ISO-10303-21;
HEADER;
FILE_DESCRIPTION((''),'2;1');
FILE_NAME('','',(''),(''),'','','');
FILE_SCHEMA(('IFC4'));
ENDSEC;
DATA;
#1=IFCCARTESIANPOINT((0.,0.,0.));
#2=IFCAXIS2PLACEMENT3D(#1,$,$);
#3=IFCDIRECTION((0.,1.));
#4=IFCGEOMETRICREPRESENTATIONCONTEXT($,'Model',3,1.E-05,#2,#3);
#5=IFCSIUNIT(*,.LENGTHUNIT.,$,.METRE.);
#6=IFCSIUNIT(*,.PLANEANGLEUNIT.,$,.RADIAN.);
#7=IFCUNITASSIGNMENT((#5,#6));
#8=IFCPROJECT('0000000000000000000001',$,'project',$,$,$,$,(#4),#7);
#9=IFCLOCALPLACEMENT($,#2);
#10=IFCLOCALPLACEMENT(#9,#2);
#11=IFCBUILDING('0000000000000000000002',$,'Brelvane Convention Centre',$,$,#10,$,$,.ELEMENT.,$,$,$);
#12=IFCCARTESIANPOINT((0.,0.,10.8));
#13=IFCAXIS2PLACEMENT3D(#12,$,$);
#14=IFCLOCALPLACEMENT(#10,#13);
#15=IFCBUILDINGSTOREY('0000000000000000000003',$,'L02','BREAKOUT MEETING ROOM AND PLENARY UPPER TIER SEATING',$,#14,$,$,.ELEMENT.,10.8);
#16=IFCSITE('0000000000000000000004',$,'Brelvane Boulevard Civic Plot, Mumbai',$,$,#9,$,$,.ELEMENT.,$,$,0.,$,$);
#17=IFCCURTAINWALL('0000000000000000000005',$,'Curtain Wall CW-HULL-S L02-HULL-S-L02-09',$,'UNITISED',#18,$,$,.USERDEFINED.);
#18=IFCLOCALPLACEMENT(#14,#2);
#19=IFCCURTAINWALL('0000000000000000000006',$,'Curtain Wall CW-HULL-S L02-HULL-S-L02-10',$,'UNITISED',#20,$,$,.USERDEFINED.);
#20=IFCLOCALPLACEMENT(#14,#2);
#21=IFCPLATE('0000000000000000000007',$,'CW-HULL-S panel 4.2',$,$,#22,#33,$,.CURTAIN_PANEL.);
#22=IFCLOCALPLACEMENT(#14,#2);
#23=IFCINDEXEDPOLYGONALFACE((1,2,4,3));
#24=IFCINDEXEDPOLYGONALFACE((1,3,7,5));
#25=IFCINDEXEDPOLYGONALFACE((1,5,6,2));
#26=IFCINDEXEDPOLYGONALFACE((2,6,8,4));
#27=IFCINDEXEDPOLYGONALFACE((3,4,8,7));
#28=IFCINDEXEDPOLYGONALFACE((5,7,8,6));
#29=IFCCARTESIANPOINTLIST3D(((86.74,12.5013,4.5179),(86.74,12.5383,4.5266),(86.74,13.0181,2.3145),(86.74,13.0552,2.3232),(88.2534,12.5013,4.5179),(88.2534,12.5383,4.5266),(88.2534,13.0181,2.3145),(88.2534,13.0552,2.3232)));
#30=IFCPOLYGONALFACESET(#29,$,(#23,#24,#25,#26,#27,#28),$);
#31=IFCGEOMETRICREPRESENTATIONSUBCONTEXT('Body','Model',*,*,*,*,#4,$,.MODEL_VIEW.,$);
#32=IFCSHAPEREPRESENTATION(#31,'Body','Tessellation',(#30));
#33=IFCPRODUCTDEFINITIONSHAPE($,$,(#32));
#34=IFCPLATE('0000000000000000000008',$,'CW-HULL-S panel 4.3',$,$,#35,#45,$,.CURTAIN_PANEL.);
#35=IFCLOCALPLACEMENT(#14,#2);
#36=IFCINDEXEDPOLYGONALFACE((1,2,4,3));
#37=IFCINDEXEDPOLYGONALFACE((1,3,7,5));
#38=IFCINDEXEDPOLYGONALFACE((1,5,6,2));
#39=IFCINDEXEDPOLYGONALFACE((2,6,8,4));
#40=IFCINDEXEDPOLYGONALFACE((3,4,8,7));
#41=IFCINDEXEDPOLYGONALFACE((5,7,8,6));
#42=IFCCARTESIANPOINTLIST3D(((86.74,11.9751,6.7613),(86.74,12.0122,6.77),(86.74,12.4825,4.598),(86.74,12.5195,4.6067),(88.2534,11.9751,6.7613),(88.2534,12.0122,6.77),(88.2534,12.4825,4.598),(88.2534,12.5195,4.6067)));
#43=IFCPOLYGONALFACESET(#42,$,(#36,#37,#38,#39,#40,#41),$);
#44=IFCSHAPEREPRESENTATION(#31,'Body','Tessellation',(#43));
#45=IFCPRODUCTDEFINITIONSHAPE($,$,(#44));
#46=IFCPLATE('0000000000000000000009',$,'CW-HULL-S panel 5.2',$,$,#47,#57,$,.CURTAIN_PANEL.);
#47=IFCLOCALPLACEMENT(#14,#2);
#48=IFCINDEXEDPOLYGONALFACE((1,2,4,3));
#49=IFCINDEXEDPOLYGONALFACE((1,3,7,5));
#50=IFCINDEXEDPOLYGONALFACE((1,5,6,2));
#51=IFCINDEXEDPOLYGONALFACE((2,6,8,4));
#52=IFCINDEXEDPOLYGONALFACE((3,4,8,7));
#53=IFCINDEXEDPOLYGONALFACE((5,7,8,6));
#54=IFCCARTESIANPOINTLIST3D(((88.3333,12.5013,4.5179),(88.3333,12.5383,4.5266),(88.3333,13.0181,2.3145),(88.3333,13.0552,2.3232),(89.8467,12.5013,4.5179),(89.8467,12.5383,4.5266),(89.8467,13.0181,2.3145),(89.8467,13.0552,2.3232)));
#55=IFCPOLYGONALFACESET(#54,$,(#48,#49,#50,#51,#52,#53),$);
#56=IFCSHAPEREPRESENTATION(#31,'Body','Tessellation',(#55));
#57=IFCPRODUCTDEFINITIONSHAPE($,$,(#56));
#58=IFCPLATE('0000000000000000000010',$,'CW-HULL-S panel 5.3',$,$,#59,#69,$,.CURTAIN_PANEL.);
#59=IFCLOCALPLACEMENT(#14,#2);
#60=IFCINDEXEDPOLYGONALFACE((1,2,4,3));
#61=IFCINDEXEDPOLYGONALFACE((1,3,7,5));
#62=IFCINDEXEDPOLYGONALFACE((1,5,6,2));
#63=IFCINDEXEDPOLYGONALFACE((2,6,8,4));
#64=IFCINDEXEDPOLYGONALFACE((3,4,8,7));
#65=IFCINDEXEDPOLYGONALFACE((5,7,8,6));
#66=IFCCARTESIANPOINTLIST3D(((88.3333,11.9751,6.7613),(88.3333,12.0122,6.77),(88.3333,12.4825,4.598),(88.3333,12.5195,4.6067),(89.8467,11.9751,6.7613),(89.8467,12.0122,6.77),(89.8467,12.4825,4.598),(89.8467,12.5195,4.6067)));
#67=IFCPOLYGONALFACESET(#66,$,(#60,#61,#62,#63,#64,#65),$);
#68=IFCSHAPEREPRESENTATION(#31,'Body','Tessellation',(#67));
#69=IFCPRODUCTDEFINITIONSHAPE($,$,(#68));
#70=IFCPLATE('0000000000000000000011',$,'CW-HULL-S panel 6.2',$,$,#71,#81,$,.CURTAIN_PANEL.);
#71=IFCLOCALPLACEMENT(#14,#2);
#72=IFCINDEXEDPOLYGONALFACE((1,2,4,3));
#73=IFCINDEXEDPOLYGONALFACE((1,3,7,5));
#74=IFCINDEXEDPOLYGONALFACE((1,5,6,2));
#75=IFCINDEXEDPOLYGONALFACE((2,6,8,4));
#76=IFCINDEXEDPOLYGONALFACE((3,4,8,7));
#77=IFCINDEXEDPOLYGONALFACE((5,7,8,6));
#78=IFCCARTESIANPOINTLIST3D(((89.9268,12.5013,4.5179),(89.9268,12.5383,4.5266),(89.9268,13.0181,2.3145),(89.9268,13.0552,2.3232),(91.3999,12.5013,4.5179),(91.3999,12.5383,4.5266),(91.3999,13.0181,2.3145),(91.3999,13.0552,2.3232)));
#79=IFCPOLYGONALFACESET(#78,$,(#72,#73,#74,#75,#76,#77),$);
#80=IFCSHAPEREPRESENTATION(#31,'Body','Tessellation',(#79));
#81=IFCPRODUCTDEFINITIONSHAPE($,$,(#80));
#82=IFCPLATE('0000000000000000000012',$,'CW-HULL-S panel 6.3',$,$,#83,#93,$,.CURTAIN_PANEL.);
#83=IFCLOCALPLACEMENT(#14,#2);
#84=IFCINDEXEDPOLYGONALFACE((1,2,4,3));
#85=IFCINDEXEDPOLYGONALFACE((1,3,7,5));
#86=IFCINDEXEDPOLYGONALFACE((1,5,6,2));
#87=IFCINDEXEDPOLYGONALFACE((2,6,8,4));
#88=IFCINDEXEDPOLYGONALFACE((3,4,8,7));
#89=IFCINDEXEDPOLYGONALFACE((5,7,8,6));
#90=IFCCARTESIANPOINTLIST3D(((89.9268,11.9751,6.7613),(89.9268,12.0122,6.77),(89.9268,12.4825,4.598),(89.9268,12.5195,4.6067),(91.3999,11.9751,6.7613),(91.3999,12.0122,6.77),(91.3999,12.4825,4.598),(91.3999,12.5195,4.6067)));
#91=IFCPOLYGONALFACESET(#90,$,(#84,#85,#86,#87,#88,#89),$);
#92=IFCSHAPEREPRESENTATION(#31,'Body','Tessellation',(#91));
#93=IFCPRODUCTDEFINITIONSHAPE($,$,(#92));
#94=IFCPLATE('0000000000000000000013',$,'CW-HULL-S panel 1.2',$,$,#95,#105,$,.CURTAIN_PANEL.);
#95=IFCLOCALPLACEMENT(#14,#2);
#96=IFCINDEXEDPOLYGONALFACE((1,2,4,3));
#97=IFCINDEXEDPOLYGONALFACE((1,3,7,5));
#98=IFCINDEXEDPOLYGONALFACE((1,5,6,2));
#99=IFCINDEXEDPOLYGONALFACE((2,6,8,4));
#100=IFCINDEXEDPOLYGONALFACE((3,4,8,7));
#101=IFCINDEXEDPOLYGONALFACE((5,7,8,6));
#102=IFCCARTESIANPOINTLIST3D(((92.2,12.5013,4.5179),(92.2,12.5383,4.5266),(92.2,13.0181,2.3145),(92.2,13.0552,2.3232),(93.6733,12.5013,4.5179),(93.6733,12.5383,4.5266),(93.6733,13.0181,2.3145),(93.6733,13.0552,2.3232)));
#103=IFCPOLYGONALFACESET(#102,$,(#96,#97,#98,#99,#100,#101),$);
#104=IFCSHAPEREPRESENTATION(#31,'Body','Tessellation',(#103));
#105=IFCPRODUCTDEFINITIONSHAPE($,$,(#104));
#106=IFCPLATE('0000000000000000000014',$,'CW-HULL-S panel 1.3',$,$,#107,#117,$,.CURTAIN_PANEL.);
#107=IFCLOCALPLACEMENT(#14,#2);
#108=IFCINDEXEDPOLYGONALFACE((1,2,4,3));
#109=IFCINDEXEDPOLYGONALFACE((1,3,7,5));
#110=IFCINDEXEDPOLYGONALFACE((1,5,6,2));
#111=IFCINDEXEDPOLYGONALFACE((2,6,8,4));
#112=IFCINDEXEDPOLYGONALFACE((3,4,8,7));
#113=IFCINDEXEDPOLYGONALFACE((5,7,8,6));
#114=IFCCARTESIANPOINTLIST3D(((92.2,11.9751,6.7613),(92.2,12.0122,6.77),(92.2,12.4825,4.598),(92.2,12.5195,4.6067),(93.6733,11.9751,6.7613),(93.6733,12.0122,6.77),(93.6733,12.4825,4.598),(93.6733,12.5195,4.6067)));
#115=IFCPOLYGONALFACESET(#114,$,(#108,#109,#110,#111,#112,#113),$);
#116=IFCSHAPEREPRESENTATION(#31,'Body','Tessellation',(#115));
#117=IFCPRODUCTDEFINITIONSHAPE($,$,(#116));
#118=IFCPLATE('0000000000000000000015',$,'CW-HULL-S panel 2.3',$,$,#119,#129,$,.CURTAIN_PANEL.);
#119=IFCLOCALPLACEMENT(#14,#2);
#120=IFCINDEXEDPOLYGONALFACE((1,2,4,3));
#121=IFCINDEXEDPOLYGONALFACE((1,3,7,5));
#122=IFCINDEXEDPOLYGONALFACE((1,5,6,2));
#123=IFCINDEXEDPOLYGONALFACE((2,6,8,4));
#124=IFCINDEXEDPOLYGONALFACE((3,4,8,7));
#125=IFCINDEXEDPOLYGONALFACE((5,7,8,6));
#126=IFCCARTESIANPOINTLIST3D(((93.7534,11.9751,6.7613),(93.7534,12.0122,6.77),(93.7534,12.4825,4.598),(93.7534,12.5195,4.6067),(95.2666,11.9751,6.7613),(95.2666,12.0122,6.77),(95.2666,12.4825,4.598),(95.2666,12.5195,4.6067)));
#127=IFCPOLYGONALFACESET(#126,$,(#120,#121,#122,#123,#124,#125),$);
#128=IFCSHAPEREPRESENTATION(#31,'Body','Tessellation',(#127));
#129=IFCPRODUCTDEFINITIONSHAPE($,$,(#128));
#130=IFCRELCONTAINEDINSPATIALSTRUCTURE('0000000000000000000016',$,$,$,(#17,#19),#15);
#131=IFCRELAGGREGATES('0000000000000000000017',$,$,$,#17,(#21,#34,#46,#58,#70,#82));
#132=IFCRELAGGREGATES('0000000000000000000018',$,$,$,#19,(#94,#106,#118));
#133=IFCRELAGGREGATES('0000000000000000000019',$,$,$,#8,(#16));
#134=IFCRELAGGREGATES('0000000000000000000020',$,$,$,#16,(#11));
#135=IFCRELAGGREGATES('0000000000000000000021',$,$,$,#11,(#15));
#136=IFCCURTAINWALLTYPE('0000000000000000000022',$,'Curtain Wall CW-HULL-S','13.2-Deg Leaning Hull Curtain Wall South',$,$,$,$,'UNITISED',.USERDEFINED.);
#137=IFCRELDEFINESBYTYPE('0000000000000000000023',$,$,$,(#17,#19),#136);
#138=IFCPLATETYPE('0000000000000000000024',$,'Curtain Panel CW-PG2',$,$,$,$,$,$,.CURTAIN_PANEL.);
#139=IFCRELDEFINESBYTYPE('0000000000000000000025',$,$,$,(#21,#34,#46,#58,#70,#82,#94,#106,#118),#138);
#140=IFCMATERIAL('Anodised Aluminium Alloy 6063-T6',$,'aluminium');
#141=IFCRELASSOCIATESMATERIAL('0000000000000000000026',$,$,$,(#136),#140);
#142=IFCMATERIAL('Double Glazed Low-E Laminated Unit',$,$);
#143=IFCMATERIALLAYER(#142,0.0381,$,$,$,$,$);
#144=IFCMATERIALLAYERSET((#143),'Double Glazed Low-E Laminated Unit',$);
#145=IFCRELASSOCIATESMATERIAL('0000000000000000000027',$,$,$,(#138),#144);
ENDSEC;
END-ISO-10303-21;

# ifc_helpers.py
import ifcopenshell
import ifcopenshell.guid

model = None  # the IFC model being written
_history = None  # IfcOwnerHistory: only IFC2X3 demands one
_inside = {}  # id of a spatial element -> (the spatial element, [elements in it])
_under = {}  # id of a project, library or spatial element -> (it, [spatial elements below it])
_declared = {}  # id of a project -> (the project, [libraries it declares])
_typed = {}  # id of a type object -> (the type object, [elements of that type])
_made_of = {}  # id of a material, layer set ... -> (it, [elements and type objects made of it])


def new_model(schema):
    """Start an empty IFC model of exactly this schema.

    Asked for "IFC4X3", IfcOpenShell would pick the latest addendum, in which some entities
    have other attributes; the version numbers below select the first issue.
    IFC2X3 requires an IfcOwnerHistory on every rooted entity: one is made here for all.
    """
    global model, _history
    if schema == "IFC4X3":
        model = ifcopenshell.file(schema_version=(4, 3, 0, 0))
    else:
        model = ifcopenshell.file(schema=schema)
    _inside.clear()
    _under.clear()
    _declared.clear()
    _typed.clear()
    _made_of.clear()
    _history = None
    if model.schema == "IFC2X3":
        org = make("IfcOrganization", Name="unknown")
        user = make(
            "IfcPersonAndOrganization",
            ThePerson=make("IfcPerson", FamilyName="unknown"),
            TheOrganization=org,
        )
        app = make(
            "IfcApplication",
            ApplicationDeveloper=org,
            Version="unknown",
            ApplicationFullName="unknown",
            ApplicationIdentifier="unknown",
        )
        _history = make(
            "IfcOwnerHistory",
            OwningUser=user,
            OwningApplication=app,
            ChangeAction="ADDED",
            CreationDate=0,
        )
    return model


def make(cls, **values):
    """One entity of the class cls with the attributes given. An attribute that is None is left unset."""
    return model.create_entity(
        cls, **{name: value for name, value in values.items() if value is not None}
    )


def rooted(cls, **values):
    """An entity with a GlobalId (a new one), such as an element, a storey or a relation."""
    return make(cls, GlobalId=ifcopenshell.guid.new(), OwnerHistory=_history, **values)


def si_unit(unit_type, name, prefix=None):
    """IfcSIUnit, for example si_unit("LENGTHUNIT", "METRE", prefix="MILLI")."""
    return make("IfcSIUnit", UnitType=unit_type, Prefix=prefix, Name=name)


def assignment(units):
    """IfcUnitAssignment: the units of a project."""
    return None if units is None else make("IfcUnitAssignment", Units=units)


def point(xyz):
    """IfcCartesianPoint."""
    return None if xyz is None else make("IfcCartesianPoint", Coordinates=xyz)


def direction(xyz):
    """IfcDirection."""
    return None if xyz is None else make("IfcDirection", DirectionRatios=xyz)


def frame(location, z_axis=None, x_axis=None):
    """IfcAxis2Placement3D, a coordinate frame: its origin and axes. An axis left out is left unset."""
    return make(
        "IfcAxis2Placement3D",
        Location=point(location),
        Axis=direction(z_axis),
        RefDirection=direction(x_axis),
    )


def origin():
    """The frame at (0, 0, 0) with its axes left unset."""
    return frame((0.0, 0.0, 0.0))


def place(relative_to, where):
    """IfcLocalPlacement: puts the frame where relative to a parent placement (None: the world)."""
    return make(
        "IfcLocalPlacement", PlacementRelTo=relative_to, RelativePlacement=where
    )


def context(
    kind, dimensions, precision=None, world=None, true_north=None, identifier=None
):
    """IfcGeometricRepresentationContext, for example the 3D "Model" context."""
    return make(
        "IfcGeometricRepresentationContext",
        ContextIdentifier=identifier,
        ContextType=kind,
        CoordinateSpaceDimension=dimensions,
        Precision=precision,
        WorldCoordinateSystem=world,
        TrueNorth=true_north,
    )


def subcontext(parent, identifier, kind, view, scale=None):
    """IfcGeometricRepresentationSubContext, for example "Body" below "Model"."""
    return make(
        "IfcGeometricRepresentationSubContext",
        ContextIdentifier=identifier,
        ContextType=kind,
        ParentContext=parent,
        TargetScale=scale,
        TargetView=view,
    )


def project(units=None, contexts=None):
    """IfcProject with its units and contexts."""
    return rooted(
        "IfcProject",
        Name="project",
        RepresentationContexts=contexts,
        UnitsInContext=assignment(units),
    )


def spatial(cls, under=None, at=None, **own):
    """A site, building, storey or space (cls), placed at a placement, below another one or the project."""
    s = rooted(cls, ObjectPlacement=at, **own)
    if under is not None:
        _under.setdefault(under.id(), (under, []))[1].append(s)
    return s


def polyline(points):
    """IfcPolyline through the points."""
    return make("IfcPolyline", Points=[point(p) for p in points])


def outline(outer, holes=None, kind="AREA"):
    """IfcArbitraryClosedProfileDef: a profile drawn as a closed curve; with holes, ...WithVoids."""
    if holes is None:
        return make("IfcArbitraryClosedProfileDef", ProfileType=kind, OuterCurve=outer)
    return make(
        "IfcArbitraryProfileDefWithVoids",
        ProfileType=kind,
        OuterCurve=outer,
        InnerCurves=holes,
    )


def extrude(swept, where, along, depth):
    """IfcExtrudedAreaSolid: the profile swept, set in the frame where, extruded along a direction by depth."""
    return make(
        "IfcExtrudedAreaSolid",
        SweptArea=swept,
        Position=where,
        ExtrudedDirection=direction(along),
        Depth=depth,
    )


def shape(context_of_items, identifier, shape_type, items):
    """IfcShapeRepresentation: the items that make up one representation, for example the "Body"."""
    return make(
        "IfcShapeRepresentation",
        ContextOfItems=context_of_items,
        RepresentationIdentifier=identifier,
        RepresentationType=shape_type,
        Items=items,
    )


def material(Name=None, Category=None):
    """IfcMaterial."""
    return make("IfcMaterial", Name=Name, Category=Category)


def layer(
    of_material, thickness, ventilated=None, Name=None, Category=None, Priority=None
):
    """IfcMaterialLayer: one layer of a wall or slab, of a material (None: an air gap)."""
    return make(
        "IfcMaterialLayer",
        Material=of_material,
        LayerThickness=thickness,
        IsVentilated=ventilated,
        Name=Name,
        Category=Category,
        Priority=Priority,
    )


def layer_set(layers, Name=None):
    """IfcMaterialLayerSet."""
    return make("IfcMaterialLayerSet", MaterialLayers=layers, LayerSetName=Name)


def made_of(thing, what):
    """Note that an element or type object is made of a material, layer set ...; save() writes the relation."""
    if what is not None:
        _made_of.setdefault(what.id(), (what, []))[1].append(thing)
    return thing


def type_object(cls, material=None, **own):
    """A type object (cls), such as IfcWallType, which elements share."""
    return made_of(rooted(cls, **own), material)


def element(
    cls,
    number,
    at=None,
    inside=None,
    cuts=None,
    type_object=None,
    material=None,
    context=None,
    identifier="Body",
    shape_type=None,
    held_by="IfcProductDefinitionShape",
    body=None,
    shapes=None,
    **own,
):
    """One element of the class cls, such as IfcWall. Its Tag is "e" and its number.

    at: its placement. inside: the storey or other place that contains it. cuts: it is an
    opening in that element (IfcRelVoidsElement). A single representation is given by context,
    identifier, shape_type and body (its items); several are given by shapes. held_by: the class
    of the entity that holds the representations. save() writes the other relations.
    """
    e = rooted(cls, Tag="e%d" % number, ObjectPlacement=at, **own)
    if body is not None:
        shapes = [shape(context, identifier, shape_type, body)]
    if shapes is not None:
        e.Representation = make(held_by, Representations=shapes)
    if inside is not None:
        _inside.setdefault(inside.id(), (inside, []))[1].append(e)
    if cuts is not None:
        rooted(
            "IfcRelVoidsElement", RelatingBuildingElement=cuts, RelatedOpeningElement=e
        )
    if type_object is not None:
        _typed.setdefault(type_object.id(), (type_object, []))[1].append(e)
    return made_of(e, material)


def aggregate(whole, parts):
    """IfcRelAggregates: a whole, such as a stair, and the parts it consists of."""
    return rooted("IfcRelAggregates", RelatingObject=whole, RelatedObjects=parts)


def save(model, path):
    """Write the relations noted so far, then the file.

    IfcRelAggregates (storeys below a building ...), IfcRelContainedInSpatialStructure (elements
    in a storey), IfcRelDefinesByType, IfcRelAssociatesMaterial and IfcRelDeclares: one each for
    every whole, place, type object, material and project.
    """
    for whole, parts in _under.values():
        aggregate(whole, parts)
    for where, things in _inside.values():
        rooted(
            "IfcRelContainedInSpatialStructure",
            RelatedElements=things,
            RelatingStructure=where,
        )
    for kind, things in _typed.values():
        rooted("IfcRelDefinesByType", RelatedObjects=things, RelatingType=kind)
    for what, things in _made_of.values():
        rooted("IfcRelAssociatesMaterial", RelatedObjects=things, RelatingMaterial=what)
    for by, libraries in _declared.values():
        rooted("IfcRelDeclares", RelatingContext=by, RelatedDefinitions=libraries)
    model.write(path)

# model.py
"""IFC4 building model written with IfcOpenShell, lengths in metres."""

from ifc_helpers import new_model, si_unit, direction, frame, origin, place, context, subcontext, project, spatial, polyline, outline, extrude, material, layer, layer_set, type_object, element, aggregate, save


model = new_model("IFC4")

# Units and contexts
model_context = context("Model", 3, precision=1e-05, world=origin(), true_north=direction((0.0, 1.0)))
body_context = subcontext(model_context, "Body", "Model", "MODEL_VIEW")
ifc_project = project(units=[si_unit("LENGTHUNIT", "METRE"), si_unit("PLANEANGLEUNIT", "RADIAN")], contexts=[model_context])

# Site, building, storey
site_placement = place(None, origin())
site = spatial("IfcSite", under=ifc_project, at=site_placement, Name="Brelvane Boulevard Civic Plot, Mumbai", CompositionType="ELEMENT", RefElevation=0.0)
building_placement = place(site_placement, origin())
building = spatial("IfcBuilding", under=site, at=building_placement, Name="Brelvane Convention Centre", CompositionType="ELEMENT")
storey_placement = place(building_placement, frame((0.0, 0.0, 10.8)))
storey = spatial("IfcBuildingStorey", under=building, at=storey_placement, Name="L02", Description="BREAKOUT MEETING ROOM AND PLENARY UPPER TIER SEATING", CompositionType="ELEMENT", Elevation=10.8)

# Curtain walls
ifc_material_1 = material(Name="Anodised Aluminium Alloy 6063-T6", Category="aluminium")
curtain_wall_type = type_object("IfcCurtainWallType", Name="Curtain Wall CW-HULL-S", Description="13.2-Deg Leaning Hull Curtain Wall South", ElementType="UNITISED", PredefinedType="USERDEFINED", material=ifc_material_1)
curtain_wall_1_placement = place(storey_placement, origin())
curtain_wall_1 = element("IfcCurtainWall", 1, at=curtain_wall_1_placement, inside=storey, type_object=curtain_wall_type, Name="Curtain Wall CW-HULL-S L02-HULL-S-L02-09", ObjectType="UNITISED", PredefinedType="USERDEFINED")
curtain_wall_2_placement = place(storey_placement, origin())
curtain_wall_2 = element("IfcCurtainWall", 2, at=curtain_wall_2_placement, inside=storey, type_object=curtain_wall_type, Name="Curtain Wall CW-HULL-S L02-HULL-S-L02-10", ObjectType="UNITISED", PredefinedType="USERDEFINED")

# Plates
ifc_material_2 = material(Name="Double Glazed Low-E Laminated Unit")
ifc_layer = layer(ifc_material_2, 0.0381)
ifc_layer_set = layer_set([ifc_layer], Name="Double Glazed Low-E Laminated Unit")
plate_type = type_object("IfcPlateType", Name="Curtain Panel CW-PG2", PredefinedType="CURTAIN_PANEL", material=ifc_layer_set)
plate_1_placement = place(storey_placement, frame((86.74, 13.0552, 2.3232), z_axis=(0.0, 0.973574, 0.228372), x_axis=(1.0, 0.0, 0.0)))
plate_1 = element("IfcPlate", 3, at=plate_1_placement, type_object=plate_type, Name="CW-HULL-S panel 4.2", PredefinedType="CURTAIN_PANEL", context=body_context, shape_type="SweptSolid", body=[
    extrude(outline(polyline([(0.0, 0.0), (1.5134, 0.0), (1.5134, -2.2632), (0.0, -2.2632), (0.0, 0.0)])), origin(), (0.0, 0.0, -1.0), 0.0381),
])
plate_2_placement = place(storey_placement, frame((86.74, 12.5195, 4.6067), z_axis=(0.0, 0.973587, 0.228317), x_axis=(1.0, 0.0, 0.0)))
plate_2 = element("IfcPlate", 4, at=plate_2_placement, type_object=plate_type, Name="CW-HULL-S panel 4.3", PredefinedType="CURTAIN_PANEL", context=body_context, shape_type="SweptSolid", body=[
    extrude(outline(polyline([(0.0, 0.0), (1.5134, 0.0), (1.5134, -2.222), (0.0, -2.222), (0.0, 0.0)])), origin(), (0.0, 0.0, -1.0), 0.0381),
])
plate_3_placement = place(storey_placement, frame((88.3333, 13.0552, 2.3232), z_axis=(0.0, 0.973574, 0.228372), x_axis=(1.0, 0.0, 0.0)))
plate_3 = element("IfcPlate", 5, at=plate_3_placement, type_object=plate_type, Name="CW-HULL-S panel 5.2", PredefinedType="CURTAIN_PANEL", context=body_context, shape_type="SweptSolid", body=[
    extrude(outline(polyline([(0.0, 0.0), (1.5134, 0.0), (1.5134, -2.2632), (0.0, -2.2632), (0.0, 0.0)])), origin(), (0.0, 0.0, -1.0), 0.0381),
])
plate_4_placement = place(storey_placement, frame((88.3333, 12.5195, 4.6067), z_axis=(0.0, 0.973587, 0.228317), x_axis=(1.0, 0.0, 0.0)))
plate_4 = element("IfcPlate", 6, at=plate_4_placement, type_object=plate_type, Name="CW-HULL-S panel 5.3", PredefinedType="CURTAIN_PANEL", context=body_context, shape_type="SweptSolid", body=[
    extrude(outline(polyline([(0.0, 0.0), (1.5134, 0.0), (1.5134, -2.222), (0.0, -2.222), (0.0, 0.0)])), origin(), (0.0, 0.0, -1.0), 0.0381),
])
plate_5_placement = place(storey_placement, frame((89.9268, 13.0552, 2.3232), z_axis=(0.0, 0.973574, 0.228372), x_axis=(1.0, 0.0, 0.0)))
plate_5 = element("IfcPlate", 7, at=plate_5_placement, type_object=plate_type, Name="CW-HULL-S panel 6.2", PredefinedType="CURTAIN_PANEL", context=body_context, shape_type="SweptSolid", body=[
    extrude(outline(polyline([(0.0, 0.0), (1.4731, 0.0), (1.4731, -2.2632), (0.0, -2.2632), (0.0, 0.0)])), origin(), (0.0, 0.0, -1.0), 0.0381),
])
plate_6_placement = place(storey_placement, frame((89.9268, 12.5195, 4.6067), z_axis=(0.0, 0.973587, 0.228317), x_axis=(1.0, 0.0, 0.0)))
plate_6 = element("IfcPlate", 8, at=plate_6_placement, type_object=plate_type, Name="CW-HULL-S panel 6.3", PredefinedType="CURTAIN_PANEL", context=body_context, shape_type="SweptSolid", body=[
    extrude(outline(polyline([(0.0, 0.0), (1.4731, 0.0), (1.4731, -2.222), (0.0, -2.222), (0.0, 0.0)])), origin(), (0.0, 0.0, -1.0), 0.0381),
])
aggregate(curtain_wall_1, [plate_1, plate_2, plate_3, plate_4, plate_5, plate_6])
plate_7_placement = place(storey_placement, frame((92.2, 13.0552, 2.3232), z_axis=(0.0, 0.973574, 0.228372), x_axis=(1.0, 0.0, 0.0)))
plate_7 = element("IfcPlate", 9, at=plate_7_placement, type_object=plate_type, Name="CW-HULL-S panel 1.2", PredefinedType="CURTAIN_PANEL", context=body_context, shape_type="SweptSolid", body=[
    extrude(outline(polyline([(0.0, 0.0), (1.4734, 0.0), (1.4734, -2.2632), (0.0, -2.2632), (0.0, 0.0)])), origin(), (0.0, 0.0, -1.0), 0.0381),
])
plate_8_placement = place(storey_placement, frame((92.2, 12.5195, 4.6067), z_axis=(0.0, 0.973587, 0.228317), x_axis=(1.0, 0.0, 0.0)))
plate_8 = element("IfcPlate", 10, at=plate_8_placement, type_object=plate_type, Name="CW-HULL-S panel 1.3", PredefinedType="CURTAIN_PANEL", context=body_context, shape_type="SweptSolid", body=[
    extrude(outline(polyline([(0.0, 0.0), (1.4734, 0.0), (1.4734, -2.222), (0.0, -2.222), (0.0, 0.0)])), origin(), (0.0, 0.0, -1.0), 0.0381),
])
plate_9_placement = place(storey_placement, frame((93.7534, 12.5195, 4.6067), z_axis=(0.0, 0.973587, 0.228317), x_axis=(1.0, 0.0, 0.0)))
plate_9 = element("IfcPlate", 11, at=plate_9_placement, type_object=plate_type, Name="CW-HULL-S panel 2.3", PredefinedType="CURTAIN_PANEL", context=body_context, shape_type="SweptSolid", body=[
    extrude(outline(polyline([(0.0, 0.0), (1.5132, 0.0), (1.5132, -2.222), (0.0, -2.222), (0.0, 0.0)])), origin(), (0.0, 0.0, -1.0), 0.0381),
])
aggregate(curtain_wall_2, [plate_7, plate_8, plate_9])

save(model, "model.ifc")
